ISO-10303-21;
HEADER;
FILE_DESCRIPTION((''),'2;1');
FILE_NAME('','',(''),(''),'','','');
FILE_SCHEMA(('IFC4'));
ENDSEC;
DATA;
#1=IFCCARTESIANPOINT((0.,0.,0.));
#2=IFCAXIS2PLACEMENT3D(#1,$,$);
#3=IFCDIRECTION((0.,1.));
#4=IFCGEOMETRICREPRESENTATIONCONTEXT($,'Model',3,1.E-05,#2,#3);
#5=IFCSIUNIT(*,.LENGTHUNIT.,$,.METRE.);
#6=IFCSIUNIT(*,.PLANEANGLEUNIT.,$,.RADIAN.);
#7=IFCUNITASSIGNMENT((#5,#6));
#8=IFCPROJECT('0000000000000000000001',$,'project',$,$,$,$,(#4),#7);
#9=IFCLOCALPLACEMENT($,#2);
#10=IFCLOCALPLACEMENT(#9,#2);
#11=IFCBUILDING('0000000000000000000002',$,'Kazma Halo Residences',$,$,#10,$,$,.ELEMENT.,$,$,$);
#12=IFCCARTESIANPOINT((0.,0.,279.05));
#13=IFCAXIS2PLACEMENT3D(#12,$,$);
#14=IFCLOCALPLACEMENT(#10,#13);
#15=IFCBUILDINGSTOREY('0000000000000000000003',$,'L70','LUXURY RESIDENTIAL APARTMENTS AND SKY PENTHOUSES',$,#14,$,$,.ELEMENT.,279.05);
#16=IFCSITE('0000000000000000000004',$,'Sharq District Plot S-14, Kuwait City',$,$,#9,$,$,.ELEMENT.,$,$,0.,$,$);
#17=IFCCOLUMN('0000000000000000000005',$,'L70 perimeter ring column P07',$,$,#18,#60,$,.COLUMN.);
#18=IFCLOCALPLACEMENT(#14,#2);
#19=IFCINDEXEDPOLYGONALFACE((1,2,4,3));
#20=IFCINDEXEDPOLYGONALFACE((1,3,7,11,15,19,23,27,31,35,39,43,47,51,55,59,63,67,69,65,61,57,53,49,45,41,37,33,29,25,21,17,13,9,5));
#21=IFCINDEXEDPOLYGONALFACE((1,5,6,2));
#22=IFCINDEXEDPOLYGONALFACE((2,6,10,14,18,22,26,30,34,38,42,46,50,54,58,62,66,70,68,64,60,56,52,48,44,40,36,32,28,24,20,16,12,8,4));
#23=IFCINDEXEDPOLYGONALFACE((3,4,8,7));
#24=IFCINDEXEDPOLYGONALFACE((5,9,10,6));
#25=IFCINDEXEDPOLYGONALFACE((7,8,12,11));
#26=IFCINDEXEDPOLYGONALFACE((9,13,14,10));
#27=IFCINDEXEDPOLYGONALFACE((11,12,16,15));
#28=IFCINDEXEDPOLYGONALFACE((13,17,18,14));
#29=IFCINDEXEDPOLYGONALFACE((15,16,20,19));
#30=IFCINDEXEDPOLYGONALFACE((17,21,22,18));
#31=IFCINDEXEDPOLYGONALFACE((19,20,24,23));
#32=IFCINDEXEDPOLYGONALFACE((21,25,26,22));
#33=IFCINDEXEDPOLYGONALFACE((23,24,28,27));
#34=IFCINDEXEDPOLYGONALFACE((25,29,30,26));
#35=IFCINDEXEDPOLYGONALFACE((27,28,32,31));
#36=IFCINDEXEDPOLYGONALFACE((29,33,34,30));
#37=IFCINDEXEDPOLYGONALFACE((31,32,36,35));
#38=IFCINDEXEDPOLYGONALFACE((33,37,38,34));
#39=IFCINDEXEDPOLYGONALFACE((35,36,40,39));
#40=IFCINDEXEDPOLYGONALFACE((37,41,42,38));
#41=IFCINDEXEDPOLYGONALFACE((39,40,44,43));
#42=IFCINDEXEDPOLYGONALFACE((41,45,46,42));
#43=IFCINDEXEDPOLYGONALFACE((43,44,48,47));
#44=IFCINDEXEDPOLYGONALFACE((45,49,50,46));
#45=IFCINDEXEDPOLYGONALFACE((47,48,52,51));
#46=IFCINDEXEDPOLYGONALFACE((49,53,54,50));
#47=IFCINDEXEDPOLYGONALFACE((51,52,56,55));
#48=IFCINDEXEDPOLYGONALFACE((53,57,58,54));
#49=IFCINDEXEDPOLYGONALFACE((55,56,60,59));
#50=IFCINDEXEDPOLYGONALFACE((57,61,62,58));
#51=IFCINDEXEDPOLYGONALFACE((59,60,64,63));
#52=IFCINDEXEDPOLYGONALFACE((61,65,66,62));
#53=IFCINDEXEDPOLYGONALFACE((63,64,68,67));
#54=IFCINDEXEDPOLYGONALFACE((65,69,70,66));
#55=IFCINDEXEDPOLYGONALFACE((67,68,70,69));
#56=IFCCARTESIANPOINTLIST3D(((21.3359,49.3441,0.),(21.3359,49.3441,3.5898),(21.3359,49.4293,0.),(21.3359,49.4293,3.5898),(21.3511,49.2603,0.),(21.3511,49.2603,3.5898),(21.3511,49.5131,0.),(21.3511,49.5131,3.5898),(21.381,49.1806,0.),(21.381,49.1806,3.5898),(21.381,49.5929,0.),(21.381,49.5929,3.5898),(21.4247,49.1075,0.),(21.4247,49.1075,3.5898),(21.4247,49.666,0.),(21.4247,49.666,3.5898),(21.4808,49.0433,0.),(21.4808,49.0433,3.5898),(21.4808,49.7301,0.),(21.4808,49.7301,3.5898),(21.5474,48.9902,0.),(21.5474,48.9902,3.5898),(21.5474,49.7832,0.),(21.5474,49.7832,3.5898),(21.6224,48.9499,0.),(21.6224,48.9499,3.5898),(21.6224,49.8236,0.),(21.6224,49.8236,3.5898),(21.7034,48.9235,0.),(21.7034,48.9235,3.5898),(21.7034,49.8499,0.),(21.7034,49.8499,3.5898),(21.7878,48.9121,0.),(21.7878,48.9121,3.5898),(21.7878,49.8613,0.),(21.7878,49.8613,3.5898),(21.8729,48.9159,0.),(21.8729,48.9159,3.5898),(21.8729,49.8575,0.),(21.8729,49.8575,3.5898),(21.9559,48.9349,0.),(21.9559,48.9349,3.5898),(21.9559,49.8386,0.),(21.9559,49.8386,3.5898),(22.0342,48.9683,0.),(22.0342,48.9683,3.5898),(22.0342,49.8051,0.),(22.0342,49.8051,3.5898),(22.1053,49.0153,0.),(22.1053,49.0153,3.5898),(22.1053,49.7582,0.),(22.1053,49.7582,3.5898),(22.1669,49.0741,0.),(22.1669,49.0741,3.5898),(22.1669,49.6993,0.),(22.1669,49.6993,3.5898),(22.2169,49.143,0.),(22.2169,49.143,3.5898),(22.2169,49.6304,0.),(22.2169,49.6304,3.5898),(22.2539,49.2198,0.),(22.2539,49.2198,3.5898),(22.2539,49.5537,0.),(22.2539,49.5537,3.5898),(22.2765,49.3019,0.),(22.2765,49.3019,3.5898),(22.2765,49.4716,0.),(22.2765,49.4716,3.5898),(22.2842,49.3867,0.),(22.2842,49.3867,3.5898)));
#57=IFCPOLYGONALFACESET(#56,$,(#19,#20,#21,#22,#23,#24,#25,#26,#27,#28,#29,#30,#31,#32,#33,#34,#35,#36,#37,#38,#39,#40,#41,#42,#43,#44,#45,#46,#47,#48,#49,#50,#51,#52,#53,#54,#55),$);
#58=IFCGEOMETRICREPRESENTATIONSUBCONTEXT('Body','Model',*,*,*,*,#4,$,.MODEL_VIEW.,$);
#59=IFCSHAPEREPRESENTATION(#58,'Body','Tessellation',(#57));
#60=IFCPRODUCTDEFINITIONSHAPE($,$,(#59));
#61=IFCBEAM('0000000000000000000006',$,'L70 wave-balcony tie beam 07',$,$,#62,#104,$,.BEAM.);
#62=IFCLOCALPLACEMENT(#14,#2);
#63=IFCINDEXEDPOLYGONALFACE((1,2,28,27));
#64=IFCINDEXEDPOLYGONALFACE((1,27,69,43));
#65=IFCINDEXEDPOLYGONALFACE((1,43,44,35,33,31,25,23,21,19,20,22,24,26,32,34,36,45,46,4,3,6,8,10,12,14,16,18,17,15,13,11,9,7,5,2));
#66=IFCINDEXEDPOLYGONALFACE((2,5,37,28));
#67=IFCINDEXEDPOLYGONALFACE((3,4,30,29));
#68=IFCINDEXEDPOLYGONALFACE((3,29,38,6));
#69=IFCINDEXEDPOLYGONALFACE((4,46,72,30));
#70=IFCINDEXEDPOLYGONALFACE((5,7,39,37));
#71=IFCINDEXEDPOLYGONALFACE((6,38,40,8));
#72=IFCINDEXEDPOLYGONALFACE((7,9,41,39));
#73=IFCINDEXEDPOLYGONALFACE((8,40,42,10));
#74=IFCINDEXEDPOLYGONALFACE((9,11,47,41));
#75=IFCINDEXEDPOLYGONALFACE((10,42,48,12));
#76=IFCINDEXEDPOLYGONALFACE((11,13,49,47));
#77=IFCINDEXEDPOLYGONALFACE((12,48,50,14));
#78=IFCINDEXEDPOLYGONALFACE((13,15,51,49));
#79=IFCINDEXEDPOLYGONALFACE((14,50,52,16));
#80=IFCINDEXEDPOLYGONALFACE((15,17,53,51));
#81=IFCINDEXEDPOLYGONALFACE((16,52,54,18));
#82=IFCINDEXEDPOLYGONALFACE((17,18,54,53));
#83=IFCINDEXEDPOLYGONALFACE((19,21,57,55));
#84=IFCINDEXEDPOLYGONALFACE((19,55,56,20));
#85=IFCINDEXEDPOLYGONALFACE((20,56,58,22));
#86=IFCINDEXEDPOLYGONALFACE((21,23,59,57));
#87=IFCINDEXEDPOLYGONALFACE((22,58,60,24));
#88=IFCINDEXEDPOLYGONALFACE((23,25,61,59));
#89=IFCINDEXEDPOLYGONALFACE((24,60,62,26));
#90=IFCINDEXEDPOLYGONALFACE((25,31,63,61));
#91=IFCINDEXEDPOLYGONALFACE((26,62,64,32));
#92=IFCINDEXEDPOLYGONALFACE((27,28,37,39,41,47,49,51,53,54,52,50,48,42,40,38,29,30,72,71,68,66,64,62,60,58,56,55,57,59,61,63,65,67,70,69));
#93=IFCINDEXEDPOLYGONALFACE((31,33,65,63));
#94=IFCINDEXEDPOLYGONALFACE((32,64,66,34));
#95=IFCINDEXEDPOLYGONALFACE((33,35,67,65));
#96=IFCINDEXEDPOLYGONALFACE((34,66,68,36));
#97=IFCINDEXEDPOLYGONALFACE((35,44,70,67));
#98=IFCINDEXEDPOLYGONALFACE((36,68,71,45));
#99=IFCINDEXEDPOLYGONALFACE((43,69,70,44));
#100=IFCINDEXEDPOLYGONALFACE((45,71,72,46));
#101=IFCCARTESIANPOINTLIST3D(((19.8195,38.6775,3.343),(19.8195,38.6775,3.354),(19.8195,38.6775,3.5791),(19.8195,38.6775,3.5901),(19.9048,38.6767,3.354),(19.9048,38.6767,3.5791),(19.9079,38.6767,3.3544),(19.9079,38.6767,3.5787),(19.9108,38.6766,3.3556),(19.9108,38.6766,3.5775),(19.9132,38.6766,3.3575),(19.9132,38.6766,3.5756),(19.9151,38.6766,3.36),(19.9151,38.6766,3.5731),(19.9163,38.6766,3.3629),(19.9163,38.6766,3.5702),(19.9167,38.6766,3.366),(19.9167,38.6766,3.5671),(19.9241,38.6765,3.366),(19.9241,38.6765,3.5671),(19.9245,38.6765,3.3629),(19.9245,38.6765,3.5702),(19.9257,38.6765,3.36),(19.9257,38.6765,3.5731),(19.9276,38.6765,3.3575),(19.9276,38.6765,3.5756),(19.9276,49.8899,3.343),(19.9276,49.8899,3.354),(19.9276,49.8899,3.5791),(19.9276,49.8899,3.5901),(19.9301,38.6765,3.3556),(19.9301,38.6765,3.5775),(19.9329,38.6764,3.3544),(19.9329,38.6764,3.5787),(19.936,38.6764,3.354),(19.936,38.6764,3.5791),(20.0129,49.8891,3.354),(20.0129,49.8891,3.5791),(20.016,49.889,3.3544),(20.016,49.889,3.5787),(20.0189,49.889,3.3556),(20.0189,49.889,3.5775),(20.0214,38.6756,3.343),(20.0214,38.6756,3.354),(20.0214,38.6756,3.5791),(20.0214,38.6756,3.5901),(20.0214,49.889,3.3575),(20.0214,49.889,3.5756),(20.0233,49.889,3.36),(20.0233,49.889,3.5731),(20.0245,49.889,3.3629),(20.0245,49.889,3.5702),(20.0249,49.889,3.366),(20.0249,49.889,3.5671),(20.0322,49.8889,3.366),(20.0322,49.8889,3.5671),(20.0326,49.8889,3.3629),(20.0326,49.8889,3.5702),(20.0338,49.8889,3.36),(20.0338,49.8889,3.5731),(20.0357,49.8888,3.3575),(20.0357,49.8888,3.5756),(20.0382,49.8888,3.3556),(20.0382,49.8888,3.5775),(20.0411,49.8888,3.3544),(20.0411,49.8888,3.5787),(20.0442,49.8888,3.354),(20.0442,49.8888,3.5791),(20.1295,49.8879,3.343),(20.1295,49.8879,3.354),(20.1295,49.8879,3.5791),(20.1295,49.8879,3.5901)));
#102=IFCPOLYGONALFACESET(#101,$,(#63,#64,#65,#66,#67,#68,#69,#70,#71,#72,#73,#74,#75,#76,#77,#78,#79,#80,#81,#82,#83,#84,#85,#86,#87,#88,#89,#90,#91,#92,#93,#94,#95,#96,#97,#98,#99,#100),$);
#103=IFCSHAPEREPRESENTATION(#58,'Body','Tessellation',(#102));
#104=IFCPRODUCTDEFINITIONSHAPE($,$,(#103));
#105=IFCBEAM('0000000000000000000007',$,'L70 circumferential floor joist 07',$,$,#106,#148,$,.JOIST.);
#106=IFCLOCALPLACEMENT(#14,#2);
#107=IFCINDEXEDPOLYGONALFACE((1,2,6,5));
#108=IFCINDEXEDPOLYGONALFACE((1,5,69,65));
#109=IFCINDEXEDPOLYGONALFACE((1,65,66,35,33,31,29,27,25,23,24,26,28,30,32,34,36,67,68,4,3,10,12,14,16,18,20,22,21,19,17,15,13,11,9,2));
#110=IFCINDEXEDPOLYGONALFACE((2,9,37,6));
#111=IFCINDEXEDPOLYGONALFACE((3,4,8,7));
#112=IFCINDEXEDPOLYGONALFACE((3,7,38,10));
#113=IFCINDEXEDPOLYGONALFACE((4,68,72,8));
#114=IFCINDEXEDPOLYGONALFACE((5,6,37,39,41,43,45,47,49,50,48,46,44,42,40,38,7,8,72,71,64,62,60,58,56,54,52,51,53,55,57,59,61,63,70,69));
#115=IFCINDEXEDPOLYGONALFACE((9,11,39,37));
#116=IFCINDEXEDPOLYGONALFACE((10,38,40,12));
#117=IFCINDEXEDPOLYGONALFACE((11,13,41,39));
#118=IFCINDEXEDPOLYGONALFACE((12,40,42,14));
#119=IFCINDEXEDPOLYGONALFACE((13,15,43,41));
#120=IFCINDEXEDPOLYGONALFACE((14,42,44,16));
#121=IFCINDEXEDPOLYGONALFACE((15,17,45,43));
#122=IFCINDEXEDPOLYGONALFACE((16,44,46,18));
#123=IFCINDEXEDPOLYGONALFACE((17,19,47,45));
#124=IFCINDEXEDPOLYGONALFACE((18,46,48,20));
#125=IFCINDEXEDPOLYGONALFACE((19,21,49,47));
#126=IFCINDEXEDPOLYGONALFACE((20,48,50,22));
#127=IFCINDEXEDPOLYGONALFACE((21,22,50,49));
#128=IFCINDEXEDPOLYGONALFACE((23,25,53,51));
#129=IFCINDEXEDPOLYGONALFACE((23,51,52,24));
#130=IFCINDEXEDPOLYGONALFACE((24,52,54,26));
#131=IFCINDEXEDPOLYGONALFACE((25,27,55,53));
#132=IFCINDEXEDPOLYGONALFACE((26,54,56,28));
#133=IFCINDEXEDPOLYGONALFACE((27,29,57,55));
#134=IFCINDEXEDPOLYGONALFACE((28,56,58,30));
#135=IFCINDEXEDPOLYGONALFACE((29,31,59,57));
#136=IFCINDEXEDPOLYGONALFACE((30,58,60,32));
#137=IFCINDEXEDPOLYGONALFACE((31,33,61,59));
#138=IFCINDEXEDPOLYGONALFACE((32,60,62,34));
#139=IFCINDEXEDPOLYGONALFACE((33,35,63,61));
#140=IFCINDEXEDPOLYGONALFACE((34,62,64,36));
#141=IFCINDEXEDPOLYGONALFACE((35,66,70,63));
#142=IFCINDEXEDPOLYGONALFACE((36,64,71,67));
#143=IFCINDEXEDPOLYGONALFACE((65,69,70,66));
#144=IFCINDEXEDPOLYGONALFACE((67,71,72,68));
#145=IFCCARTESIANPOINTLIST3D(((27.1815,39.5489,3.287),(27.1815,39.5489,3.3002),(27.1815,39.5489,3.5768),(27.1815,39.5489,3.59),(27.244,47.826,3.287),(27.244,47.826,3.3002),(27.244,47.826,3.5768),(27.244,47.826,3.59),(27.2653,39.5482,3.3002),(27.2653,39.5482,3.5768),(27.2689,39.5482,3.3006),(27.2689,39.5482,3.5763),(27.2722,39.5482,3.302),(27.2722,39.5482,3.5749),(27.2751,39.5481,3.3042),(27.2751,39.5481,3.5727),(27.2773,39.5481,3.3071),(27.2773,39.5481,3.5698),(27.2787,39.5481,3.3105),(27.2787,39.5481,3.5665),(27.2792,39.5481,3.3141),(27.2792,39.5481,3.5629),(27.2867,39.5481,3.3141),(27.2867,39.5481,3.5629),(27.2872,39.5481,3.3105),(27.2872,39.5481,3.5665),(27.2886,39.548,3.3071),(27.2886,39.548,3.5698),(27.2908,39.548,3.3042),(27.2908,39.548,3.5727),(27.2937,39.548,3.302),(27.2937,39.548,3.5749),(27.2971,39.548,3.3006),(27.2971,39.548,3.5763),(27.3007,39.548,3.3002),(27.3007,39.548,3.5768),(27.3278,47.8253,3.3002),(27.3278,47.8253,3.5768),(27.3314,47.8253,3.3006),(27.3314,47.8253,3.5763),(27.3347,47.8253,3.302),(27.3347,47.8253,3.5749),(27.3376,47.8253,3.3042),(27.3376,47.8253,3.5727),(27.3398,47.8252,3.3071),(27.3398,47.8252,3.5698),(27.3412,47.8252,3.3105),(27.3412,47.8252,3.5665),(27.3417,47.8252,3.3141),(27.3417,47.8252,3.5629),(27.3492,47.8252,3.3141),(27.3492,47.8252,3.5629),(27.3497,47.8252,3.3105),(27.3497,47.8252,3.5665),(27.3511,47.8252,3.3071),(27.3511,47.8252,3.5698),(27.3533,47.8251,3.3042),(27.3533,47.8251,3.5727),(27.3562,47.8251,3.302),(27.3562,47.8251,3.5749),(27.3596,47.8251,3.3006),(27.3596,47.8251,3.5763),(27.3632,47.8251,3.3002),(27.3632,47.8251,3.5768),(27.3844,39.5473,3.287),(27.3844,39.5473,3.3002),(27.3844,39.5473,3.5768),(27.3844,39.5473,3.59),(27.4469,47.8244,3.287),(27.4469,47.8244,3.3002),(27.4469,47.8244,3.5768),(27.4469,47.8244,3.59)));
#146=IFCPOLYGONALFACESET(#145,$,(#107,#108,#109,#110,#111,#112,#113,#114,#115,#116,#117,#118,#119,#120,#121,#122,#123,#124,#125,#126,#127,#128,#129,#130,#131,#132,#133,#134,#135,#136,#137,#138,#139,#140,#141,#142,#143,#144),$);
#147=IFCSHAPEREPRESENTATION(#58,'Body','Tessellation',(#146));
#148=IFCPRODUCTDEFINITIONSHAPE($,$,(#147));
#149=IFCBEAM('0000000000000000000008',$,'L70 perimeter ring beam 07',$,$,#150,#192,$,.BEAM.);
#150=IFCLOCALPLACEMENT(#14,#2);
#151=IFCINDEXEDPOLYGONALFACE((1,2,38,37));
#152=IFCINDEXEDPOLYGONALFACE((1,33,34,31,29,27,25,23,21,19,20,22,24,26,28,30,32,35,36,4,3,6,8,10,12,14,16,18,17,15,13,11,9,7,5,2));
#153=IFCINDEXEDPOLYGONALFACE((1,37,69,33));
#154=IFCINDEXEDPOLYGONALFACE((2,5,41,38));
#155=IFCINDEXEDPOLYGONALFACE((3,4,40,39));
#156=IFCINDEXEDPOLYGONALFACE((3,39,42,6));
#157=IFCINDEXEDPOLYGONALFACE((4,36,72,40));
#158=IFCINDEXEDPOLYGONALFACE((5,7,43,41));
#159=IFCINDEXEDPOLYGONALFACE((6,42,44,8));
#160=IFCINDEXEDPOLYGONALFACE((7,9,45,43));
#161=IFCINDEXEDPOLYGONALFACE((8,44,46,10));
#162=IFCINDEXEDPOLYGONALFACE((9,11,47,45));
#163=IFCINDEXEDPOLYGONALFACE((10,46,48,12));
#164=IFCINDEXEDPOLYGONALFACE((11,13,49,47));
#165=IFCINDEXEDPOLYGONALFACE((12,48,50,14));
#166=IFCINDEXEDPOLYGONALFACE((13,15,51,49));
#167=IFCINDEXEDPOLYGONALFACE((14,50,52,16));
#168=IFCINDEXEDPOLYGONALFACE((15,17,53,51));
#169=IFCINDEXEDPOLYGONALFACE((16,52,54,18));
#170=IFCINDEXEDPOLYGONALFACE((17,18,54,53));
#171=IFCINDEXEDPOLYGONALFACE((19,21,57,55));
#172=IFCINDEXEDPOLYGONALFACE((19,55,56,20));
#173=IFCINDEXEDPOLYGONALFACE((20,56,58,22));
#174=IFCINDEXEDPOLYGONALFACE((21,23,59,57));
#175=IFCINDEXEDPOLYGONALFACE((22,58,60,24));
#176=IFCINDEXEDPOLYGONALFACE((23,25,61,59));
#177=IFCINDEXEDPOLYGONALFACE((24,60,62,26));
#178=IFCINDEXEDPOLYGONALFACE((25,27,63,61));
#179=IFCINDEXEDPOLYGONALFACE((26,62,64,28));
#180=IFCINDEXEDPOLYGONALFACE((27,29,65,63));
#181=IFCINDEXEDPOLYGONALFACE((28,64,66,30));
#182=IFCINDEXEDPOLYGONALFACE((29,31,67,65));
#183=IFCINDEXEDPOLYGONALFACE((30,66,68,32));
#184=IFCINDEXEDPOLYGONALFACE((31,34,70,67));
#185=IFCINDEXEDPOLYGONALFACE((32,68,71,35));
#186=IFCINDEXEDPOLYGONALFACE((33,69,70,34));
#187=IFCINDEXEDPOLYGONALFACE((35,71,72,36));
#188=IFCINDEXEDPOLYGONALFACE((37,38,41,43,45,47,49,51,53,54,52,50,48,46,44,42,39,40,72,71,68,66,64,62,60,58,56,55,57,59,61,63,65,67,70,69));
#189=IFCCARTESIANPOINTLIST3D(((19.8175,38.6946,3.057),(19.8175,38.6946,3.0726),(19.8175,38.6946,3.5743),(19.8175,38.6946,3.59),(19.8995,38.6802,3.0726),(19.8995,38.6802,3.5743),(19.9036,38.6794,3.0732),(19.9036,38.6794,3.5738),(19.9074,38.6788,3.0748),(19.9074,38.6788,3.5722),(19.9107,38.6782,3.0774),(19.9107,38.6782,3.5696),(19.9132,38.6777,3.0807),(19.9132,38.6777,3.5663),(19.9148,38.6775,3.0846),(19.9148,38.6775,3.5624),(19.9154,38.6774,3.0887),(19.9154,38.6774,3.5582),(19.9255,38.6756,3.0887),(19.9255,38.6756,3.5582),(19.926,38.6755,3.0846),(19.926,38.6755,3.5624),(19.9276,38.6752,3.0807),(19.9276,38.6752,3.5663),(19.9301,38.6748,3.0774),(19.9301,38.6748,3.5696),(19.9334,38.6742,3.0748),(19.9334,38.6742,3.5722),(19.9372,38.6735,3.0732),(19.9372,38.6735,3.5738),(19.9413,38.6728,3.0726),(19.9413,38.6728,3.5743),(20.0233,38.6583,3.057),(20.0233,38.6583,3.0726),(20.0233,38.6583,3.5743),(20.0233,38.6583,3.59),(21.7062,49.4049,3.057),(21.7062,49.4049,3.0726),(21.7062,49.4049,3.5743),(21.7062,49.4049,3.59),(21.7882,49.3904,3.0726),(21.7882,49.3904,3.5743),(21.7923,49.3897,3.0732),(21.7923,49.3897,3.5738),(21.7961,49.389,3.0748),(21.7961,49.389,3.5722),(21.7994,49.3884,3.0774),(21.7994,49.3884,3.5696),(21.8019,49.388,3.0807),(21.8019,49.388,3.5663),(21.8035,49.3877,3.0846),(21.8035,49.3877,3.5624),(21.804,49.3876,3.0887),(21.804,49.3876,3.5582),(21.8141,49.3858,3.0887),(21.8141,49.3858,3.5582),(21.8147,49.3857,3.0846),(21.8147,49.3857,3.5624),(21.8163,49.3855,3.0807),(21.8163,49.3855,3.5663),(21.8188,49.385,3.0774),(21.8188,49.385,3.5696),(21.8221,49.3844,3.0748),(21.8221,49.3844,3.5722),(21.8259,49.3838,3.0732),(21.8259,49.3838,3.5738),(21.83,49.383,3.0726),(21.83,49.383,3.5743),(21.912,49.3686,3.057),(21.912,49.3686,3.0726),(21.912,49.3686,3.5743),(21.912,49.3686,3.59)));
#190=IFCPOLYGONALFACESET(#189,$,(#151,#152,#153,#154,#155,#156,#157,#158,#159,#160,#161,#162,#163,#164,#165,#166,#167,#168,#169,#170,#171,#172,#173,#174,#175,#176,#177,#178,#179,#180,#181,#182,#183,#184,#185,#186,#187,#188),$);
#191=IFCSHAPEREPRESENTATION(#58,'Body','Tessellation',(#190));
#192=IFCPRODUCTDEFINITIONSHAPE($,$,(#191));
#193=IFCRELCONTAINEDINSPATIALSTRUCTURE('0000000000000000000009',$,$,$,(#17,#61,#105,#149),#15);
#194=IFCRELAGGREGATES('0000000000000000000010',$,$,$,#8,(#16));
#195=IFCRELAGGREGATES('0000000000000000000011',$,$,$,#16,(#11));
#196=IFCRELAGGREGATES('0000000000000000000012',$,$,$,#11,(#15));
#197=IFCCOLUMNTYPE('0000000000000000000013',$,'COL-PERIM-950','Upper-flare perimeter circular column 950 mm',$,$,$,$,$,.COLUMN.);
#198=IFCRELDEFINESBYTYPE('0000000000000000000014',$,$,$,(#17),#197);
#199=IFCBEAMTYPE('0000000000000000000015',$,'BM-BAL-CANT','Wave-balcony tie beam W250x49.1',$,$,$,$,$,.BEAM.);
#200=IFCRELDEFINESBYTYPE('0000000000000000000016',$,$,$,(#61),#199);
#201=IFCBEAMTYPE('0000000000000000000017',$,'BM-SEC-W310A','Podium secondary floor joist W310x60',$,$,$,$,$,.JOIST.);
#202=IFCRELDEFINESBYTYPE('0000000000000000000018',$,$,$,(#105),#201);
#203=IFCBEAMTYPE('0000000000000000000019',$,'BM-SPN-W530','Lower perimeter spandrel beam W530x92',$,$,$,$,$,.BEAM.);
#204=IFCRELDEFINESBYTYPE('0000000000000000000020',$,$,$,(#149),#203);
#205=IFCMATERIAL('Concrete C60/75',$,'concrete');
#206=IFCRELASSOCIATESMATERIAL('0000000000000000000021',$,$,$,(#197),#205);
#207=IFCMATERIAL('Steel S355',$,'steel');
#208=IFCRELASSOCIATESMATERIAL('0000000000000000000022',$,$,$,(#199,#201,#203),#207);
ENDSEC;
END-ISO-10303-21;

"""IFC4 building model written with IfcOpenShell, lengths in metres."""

from ifc_helpers import new_model, si_unit, direction, frame, origin, origin_2d, place, context, subcontext, project, spatial, circle, i_section, extrude, material, material_profile, profile_set, type_object, element, save


model = new_model("IFC4")

# Units and contexts
model_context = context("Model", 3, precision=1e-05, world=origin(), true_north=direction((0.0, 1.0)))
body_context = subcontext(model_context, "Body", "Model", "MODEL_VIEW")
ifc_project = project(units=[si_unit("LENGTHUNIT", "METRE"), si_unit("PLANEANGLEUNIT", "RADIAN")], contexts=[model_context])

# Site, building, storey
site_placement = place(None, origin())
site = spatial("IfcSite", under=ifc_project, at=site_placement, Name="Sharq District Plot S-14, Kuwait City", CompositionType="ELEMENT", RefElevation=0.0)
building_placement = place(site_placement, origin())
building = spatial("IfcBuilding", under=site, at=building_placement, Name="Kazma Halo Residences", CompositionType="ELEMENT")
storey_placement = place(building_placement, frame((0.0, 0.0, 279.05)))
storey = spatial("IfcBuildingStorey", under=building, at=storey_placement, Name="L70", Description="LUXURY RESIDENTIAL APARTMENTS AND SKY PENTHOUSES", CompositionType="ELEMENT", Elevation=279.05)

# Column
ifc_material_1 = material(Name="Concrete C60/75", Category="concrete")
ifc_material_profile_1 = material_profile(ifc_material_1, circle(Radius=0.4751, at=origin_2d()), Name="CIRC950")
ifc_profile_set_1 = profile_set([ifc_material_profile_1], Name="Concrete C60/75")
column_type = type_object("IfcColumnType", Name="COL-PERIM-950", Description="Upper-flare perimeter circular column 950 mm", PredefinedType="COLUMN", material=ifc_profile_set_1)
column_placement = place(storey_placement, frame((21.8091, 49.3867, 0.0), z_axis=(0.0, 0.0, 1.0), x_axis=(1.0, 0.0, 0.0)))
element("IfcColumn", 1, at=column_placement, inside=storey, type_object=column_type, Name="L70 perimeter ring column P07", PredefinedType="COLUMN", context=body_context, shape_type="SweptSolid", body=[
    extrude(circle(Radius=0.4751, at=origin_2d()), origin(), (0.0, 0.0, 1.0), 3.5898),
])

# Beams
ifc_material_2 = material(Name="Steel S355", Category="steel")
ifc_material_profile_2 = material_profile(ifc_material_2, i_section(OverallWidth=0.2019, OverallDepth=0.2471, WebThickness=0.0073, FlangeThickness=0.011, FilletRadius=0.012, at=origin_2d()), Name="W250x49.1")
ifc_profile_set_2 = profile_set([ifc_material_profile_2], Name="Steel S355")
beam_type_1 = type_object("IfcBeamType", Name="BM-BAL-CANT", Description="Wave-balcony tie beam W250x49.1", PredefinedType="BEAM", material=ifc_profile_set_2)
beam_1_placement = place(storey_placement, frame((20.0286, 49.8889, 3.4666), z_axis=(-0.009646, -0.999953, 0.0), x_axis=(0.999953, -0.009646, 0.0)))
element("IfcBeam", 2, at=beam_1_placement, inside=storey, type_object=beam_type_1, Name="L70 wave-balcony tie beam 07", PredefinedType="BEAM", context=body_context, shape_type="SweptSolid", body=[
    extrude(i_section(OverallWidth=0.2019, OverallDepth=0.2471, WebThickness=0.0073, FlangeThickness=0.011, FilletRadius=0.012, at=origin_2d()), origin(), (0.0, 0.0, 1.0), 11.2129),
])
ifc_material_profile_3 = material_profile(ifc_material_2, i_section(OverallWidth=0.2029, OverallDepth=0.303, WebThickness=0.0076, FlangeThickness=0.0132, FilletRadius=0.0139, at=origin_2d()), Name="W310x60")
ifc_profile_set_3 = profile_set([ifc_material_profile_3], Name="Steel S355")
beam_type_2 = type_object("IfcBeamType", Name="BM-SEC-W310A", Description="Podium secondary floor joist W310x60", PredefinedType="JOIST", material=ifc_profile_set_3)
beam_2_placement = place(storey_placement, frame((27.3455, 47.8252, 3.4385), z_axis=(-0.007551, -0.999971, 0.0), x_axis=(0.999971, -0.007551, 0.0)))
element("IfcBeam", 3, at=beam_2_placement, inside=storey, type_object=beam_type_2, Name="L70 circumferential floor joist 07", PredefinedType="JOIST", context=body_context, shape_type="SweptSolid", body=[
    extrude(i_section(OverallWidth=0.2029, OverallDepth=0.303, WebThickness=0.0076, FlangeThickness=0.0132, FilletRadius=0.0139, at=origin_2d()), origin(), (0.0, 0.0, 1.0), 8.2773),
])
ifc_material_profile_4 = material_profile(ifc_material_2, i_section(OverallWidth=0.209, OverallDepth=0.533, WebThickness=0.0103, FlangeThickness=0.0156, FilletRadius=0.0161, at=origin_2d()), Name="W530x92")
ifc_profile_set_4 = profile_set([ifc_material_profile_4], Name="Steel S355")
beam_type_3 = type_object("IfcBeamType", Name="BM-SPN-W530", Description="Lower perimeter spandrel beam W530x92", PredefinedType="BEAM", material=ifc_profile_set_4)
beam_3_placement = place(storey_placement, frame((21.8091, 49.3867, 3.3235), z_axis=(-0.173664, -0.984805, 0.0), x_axis=(0.984805, -0.173664, 0.0)))
element("IfcBeam", 4, at=beam_3_placement, inside=storey, type_object=beam_type_3, Name="L70 perimeter ring beam 07", PredefinedType="BEAM", context=body_context, shape_type="SweptSolid", body=[
    extrude(i_section(OverallWidth=0.209, OverallDepth=0.533, WebThickness=0.0103, FlangeThickness=0.0156, FilletRadius=0.0161, at=origin_2d()), origin(), (0.0, 0.0, 1.0), 10.8755),
])

save(model, "model.ifc")
